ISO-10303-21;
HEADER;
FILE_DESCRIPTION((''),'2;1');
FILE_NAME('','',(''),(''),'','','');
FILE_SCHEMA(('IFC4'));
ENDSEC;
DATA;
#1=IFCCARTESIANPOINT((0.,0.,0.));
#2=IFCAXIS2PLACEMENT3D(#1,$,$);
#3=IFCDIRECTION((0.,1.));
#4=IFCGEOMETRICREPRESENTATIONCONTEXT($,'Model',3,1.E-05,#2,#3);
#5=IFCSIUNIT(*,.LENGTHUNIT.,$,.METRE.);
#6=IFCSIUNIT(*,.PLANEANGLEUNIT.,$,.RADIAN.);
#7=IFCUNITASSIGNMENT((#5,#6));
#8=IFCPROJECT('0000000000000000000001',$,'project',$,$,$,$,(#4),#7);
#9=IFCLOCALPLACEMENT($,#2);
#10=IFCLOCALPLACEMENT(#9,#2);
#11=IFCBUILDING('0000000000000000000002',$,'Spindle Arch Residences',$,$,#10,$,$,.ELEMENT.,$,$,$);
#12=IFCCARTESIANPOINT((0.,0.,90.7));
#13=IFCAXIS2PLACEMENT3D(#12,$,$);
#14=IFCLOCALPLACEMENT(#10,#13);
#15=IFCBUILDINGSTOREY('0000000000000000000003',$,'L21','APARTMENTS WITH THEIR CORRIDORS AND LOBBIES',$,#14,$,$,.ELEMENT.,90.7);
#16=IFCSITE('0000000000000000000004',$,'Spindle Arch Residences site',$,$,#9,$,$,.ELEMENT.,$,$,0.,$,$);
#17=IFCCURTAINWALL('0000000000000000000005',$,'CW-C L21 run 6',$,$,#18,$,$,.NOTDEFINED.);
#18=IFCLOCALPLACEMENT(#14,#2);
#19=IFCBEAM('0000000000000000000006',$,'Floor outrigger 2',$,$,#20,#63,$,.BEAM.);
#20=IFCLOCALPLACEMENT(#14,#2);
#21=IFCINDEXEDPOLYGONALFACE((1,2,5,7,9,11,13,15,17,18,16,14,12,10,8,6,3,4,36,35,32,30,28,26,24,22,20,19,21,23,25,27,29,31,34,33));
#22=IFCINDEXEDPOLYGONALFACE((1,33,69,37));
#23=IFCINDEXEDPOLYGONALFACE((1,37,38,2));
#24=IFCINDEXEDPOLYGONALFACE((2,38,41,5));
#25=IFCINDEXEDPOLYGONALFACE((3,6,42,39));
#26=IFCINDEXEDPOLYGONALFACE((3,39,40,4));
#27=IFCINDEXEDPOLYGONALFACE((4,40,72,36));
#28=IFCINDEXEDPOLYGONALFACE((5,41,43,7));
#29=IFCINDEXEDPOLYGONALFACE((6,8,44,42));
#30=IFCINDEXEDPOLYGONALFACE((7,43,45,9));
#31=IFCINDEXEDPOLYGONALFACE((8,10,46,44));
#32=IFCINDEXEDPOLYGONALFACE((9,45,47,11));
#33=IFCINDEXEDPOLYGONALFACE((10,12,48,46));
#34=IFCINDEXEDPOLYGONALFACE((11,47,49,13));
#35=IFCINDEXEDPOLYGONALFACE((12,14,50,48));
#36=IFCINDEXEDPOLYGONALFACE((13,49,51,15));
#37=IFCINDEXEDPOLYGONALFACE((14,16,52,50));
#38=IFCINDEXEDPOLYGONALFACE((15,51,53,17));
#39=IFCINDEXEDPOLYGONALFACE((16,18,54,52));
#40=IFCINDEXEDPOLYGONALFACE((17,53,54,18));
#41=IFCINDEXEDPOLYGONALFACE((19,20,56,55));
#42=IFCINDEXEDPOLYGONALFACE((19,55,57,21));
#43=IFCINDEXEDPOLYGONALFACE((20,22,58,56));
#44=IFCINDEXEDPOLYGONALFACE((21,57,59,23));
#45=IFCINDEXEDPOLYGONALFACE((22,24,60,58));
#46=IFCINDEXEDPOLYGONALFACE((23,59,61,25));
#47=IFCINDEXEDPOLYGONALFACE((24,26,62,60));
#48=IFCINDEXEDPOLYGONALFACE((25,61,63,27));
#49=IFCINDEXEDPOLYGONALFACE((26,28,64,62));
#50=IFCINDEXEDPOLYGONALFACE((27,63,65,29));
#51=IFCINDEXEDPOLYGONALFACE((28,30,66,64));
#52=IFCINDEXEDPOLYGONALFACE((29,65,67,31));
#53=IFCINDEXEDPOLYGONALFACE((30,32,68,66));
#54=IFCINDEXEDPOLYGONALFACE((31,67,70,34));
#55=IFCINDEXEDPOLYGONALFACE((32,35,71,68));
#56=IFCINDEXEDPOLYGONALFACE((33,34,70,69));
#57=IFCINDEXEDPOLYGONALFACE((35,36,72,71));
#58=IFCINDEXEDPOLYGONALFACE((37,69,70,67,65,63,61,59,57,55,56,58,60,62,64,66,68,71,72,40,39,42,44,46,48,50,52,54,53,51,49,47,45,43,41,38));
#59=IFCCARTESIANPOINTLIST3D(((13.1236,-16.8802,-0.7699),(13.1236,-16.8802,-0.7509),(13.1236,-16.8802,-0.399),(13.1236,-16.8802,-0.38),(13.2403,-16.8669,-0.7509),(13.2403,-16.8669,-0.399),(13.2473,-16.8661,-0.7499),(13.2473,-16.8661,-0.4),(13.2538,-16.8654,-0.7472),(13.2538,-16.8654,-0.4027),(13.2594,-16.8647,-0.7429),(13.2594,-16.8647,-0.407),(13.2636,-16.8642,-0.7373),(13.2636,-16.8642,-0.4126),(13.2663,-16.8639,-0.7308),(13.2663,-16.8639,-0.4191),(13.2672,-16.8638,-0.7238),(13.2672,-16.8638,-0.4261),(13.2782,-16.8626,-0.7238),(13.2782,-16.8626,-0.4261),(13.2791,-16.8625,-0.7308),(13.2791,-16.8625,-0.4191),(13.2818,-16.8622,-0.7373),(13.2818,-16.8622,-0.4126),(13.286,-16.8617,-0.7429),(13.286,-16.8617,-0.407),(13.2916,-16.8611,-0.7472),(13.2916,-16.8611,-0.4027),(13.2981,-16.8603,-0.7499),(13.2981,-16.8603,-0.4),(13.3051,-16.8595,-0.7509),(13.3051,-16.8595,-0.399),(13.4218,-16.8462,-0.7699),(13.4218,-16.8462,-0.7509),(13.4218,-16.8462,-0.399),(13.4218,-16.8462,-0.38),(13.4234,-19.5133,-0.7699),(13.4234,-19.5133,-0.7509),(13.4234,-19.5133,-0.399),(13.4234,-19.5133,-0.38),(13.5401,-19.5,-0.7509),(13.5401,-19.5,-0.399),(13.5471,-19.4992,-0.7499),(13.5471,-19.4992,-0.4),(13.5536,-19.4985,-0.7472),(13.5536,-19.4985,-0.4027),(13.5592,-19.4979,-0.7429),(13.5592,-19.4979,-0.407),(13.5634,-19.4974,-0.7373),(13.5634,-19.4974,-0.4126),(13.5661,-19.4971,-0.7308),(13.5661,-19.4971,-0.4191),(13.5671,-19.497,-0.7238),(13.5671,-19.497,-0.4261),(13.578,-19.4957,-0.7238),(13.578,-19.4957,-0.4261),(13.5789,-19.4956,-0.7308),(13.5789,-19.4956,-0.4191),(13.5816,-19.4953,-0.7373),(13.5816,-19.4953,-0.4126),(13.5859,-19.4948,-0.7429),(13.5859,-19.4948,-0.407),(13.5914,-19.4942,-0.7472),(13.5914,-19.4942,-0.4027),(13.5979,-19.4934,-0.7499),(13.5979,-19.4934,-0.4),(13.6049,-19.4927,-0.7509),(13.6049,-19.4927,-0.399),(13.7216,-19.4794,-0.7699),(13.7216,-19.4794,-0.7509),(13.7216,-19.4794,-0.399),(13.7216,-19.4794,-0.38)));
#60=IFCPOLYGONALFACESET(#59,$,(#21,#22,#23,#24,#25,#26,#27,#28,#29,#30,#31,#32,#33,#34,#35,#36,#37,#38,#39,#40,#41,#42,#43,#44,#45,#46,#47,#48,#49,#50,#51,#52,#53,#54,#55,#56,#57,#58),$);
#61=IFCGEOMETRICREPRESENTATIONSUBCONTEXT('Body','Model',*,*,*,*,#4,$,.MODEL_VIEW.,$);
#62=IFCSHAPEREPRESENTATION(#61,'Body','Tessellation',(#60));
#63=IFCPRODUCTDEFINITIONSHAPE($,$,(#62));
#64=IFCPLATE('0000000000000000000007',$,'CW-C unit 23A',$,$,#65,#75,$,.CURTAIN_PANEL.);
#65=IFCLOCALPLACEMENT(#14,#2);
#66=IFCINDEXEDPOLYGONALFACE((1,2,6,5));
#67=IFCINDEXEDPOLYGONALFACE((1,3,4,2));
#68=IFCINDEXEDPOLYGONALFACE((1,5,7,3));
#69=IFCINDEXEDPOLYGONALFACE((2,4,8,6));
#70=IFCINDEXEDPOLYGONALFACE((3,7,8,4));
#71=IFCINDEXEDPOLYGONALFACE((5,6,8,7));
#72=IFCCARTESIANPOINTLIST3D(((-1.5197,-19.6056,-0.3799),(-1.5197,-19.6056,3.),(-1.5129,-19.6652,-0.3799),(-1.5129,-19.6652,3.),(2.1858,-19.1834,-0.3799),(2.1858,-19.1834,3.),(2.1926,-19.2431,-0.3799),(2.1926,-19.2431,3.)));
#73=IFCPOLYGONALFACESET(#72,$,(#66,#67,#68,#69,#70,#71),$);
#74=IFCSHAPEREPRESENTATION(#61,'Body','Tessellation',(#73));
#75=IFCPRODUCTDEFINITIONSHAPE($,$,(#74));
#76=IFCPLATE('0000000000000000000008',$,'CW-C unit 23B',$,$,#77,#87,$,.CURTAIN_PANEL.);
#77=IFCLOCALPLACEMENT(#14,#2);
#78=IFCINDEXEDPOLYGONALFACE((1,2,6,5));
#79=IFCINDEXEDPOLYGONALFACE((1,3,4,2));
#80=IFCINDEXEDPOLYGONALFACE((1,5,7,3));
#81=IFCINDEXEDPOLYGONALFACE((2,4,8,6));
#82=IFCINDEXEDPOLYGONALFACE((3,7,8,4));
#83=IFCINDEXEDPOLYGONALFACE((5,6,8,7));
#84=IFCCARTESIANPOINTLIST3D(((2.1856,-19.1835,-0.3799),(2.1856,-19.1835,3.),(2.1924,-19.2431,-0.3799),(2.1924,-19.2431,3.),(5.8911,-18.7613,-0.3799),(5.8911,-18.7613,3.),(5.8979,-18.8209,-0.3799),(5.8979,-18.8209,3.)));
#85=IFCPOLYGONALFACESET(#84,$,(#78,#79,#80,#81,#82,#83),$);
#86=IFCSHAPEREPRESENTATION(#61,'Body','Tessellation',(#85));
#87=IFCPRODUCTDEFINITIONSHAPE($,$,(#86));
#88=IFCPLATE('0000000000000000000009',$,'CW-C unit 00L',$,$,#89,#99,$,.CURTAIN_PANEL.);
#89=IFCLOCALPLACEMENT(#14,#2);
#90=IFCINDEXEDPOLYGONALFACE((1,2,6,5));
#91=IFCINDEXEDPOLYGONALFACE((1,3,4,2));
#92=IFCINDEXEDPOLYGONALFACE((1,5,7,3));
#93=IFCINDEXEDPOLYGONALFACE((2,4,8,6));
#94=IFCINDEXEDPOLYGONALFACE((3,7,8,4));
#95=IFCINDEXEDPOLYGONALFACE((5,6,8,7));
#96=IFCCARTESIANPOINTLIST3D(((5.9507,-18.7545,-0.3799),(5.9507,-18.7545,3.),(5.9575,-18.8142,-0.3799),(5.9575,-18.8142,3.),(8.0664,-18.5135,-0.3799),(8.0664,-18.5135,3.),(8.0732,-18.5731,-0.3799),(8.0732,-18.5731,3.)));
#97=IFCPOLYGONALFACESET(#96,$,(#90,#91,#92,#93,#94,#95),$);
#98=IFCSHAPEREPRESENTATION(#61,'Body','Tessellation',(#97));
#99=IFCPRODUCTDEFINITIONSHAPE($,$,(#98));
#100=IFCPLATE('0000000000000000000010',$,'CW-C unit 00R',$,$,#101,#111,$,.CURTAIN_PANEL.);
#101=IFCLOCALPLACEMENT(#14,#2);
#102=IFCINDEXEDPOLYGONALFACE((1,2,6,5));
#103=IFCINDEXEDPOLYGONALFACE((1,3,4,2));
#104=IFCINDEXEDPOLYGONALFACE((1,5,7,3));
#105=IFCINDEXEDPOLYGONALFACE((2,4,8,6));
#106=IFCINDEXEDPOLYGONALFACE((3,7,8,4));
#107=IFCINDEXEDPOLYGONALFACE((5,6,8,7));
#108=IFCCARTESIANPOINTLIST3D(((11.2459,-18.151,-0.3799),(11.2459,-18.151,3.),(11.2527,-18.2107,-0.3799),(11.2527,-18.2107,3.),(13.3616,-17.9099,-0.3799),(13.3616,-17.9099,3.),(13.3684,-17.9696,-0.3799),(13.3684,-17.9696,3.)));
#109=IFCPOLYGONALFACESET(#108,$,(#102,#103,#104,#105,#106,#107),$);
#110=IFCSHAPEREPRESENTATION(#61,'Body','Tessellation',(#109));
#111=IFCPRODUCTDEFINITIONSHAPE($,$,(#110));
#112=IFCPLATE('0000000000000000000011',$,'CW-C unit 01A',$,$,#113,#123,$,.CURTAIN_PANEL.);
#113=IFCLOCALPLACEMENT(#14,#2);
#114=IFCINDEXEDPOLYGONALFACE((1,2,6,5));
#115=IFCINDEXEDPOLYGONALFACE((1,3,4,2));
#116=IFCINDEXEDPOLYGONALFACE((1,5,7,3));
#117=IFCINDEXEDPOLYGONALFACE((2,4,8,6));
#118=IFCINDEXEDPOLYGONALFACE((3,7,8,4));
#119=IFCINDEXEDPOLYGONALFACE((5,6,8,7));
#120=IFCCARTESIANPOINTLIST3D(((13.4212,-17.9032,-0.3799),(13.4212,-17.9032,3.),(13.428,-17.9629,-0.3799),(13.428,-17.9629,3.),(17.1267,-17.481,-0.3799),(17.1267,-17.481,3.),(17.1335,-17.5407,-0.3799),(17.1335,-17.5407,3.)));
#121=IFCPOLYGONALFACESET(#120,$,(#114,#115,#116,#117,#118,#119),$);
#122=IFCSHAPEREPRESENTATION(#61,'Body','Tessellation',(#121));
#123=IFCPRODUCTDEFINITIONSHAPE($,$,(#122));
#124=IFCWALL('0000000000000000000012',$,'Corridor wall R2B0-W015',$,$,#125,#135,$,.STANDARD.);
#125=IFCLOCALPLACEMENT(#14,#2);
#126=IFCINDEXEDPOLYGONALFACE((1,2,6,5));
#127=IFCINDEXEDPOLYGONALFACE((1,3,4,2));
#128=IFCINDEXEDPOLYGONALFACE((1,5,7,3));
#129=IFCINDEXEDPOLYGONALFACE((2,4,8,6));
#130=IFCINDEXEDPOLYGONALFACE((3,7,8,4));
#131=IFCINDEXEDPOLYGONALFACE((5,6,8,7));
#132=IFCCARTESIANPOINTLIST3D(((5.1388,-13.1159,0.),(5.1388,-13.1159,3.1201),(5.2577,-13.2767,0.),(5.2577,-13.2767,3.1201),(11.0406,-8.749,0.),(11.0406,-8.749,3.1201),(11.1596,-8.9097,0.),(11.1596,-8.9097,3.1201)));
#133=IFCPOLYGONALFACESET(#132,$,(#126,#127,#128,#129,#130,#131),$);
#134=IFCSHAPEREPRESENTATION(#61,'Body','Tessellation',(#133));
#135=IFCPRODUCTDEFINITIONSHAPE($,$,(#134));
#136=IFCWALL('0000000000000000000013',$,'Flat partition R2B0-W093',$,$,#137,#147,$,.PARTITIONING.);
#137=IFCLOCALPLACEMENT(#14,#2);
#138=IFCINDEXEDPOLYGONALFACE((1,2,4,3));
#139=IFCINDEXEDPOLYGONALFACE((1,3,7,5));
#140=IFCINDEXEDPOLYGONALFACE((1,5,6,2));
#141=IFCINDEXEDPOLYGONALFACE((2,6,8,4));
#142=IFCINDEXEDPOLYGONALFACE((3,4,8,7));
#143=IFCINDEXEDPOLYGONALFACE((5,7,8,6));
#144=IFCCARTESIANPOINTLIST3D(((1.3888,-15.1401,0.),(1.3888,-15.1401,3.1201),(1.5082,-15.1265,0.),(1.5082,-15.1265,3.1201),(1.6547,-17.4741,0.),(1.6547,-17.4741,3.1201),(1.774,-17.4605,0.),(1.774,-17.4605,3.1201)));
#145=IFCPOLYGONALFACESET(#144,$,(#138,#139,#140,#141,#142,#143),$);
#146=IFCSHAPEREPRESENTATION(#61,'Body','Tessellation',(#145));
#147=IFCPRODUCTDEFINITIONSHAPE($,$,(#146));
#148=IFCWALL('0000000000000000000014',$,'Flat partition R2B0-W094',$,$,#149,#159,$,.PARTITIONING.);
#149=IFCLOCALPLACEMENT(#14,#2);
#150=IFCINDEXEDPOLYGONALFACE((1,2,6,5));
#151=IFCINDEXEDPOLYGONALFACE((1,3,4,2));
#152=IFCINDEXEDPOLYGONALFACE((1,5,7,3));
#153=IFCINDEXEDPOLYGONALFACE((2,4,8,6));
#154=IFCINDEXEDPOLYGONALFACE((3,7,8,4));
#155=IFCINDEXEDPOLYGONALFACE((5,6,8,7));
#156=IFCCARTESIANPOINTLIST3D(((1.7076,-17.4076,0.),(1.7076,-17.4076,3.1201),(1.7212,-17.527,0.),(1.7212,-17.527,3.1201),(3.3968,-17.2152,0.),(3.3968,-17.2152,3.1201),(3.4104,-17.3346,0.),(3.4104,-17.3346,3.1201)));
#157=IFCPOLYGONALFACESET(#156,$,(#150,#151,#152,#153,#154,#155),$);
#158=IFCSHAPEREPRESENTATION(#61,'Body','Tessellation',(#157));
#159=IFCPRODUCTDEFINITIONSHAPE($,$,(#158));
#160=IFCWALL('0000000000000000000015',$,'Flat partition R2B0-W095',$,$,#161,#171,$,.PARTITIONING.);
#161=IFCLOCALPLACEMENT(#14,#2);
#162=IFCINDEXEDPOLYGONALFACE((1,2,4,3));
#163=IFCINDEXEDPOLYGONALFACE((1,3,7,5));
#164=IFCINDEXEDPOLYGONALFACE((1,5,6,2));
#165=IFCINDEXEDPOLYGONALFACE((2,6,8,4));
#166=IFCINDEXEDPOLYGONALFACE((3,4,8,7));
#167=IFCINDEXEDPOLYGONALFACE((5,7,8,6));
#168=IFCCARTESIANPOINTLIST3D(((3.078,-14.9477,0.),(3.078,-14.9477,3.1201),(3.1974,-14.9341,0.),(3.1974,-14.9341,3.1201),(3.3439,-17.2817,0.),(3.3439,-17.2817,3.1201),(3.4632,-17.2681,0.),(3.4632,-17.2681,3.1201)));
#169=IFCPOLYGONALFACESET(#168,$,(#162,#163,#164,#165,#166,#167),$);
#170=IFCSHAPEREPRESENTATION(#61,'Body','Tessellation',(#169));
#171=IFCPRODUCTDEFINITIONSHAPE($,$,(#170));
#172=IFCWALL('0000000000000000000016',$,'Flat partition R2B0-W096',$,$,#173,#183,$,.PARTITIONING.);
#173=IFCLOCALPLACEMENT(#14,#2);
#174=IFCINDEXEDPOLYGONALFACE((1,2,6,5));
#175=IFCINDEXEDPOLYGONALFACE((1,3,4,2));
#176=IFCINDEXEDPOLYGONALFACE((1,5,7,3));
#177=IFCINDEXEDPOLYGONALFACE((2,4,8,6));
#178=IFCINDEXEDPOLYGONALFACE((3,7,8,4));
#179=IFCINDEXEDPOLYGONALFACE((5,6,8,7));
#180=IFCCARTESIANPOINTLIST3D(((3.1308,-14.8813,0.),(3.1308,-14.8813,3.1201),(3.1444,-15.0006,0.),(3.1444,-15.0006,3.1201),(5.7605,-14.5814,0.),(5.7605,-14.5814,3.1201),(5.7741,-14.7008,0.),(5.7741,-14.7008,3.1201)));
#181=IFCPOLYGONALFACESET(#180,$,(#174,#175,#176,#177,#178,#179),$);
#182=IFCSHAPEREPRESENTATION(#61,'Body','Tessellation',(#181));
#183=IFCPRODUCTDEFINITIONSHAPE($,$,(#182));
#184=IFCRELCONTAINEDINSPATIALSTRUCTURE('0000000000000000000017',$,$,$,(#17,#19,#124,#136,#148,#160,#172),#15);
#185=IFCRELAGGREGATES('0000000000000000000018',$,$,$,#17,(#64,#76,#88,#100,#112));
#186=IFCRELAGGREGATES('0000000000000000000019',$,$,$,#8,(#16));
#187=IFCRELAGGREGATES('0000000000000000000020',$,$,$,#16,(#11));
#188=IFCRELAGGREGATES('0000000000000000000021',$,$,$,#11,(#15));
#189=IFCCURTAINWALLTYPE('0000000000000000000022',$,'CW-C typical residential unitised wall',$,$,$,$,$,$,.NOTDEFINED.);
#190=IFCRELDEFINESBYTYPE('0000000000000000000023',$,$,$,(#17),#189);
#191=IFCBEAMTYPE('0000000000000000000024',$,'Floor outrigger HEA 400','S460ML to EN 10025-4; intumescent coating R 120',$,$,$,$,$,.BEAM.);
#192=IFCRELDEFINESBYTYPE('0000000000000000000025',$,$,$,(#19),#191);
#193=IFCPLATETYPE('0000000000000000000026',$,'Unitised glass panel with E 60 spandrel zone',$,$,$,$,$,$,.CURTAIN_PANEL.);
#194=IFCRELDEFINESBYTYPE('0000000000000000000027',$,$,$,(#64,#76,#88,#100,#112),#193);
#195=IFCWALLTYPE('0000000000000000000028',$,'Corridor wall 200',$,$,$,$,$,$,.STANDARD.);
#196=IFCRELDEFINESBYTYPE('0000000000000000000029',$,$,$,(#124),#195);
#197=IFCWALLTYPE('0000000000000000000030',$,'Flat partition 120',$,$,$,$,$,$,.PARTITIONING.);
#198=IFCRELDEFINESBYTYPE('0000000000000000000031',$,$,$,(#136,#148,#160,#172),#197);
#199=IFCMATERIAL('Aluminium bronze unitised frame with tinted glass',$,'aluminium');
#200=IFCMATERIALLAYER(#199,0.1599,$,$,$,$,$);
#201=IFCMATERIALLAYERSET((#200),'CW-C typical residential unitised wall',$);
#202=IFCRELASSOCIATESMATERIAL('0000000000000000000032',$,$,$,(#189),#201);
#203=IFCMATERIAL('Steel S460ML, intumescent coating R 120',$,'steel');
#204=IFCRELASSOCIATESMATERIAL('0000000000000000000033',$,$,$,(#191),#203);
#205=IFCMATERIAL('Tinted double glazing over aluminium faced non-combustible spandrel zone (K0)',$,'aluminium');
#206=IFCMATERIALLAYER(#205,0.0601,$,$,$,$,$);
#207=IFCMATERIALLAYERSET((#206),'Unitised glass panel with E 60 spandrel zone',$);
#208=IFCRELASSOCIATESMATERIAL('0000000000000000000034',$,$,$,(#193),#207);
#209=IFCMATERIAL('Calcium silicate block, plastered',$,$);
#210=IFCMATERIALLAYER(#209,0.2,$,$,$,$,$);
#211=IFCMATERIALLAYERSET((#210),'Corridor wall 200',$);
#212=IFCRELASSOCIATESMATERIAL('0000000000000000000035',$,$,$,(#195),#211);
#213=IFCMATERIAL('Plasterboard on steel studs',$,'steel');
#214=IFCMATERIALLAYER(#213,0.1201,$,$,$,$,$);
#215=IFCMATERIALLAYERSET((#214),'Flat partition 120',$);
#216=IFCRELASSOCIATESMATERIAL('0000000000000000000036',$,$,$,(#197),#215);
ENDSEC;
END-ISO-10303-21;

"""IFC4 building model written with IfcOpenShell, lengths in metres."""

from ifc_helpers import new_model, si_unit, direction, frame, frame_2d, origin, origin_2d, place, context, subcontext, project, spatial, rectangle, i_section, extrude, material, layer, layer_set, material_profile, profile_set, type_object, element, aggregate, save


model = new_model("IFC4")

# Units and contexts
model_context = context("Model", 3, precision=1e-05, world=origin(), true_north=direction((0.0, 1.0)))
body_context = subcontext(model_context, "Body", "Model", "MODEL_VIEW")
ifc_project = project(units=[si_unit("LENGTHUNIT", "METRE"), si_unit("PLANEANGLEUNIT", "RADIAN")], contexts=[model_context])

# Site, building, storey
site_placement = place(None, origin())
site = spatial("IfcSite", under=ifc_project, at=site_placement, Name="Spindle Arch Residences site", CompositionType="ELEMENT", RefElevation=0.0)
building_placement = place(site_placement, origin())
building = spatial("IfcBuilding", under=site, at=building_placement, Name="Spindle Arch Residences", CompositionType="ELEMENT")
storey_placement = place(building_placement, frame((0.0, 0.0, 90.7)))
storey = spatial("IfcBuildingStorey", under=building, at=storey_placement, Name="L21", Description="APARTMENTS WITH THEIR CORRIDORS AND LOBBIES", CompositionType="ELEMENT", Elevation=90.7)

# Curtain wall
ifc_material_1 = material(Name="Aluminium bronze unitised frame with tinted glass", Category="aluminium")
ifc_layer_1 = layer(ifc_material_1, 0.1599)
ifc_layer_set_1 = layer_set([ifc_layer_1], Name="CW-C typical residential unitised wall")
curtain_wall_type = type_object("IfcCurtainWallType", Name="CW-C typical residential unitised wall", PredefinedType="NOTDEFINED", material=ifc_layer_set_1)
curtain_wall_placement = place(storey_placement, origin())
curtain_wall = element("IfcCurtainWall", 1, at=curtain_wall_placement, inside=storey, type_object=curtain_wall_type, Name="CW-C L21 run 6", PredefinedType="NOTDEFINED")

# Beam
ifc_material_2 = material(Name="Steel S460ML, intumescent coating R 120", Category="steel")
ifc_material_profile_1 = material_profile(ifc_material_2, i_section(OverallWidth=0.3, OverallDepth=0.3899, WebThickness=0.011, FlangeThickness=0.019, FilletRadius=0.0271, at=origin_2d()), Name="HEA 400")
ifc_profile_set_1 = profile_set([ifc_material_profile_1], Name="Steel S460ML, intumescent coating R 120")
beam_type_1 = type_object("IfcBeamType", Name="Floor outrigger HEA 400", Description="S460ML to EN 10025-4; intumescent coating R 120", PredefinedType="BEAM", material=ifc_profile_set_1)
for number, where, z_axis, x_axis, name in (
    (2, (13.5725, -19.4963, -0.575), (-0.113131, 0.99358, 0.0), (-0.99358, -0.113131, 0.0), "Floor outrigger 2"),
):
    element("IfcBeam", number, at=place(storey_placement, frame(where, z_axis=z_axis, x_axis=x_axis)), inside=storey, type_object=beam_type_1, Name=name, PredefinedType="BEAM", context=body_context, shape_type="SweptSolid", body=[
        extrude(i_section(OverallWidth=0.3, OverallDepth=0.3899, WebThickness=0.011, FlangeThickness=0.019, FilletRadius=0.0271, at=origin_2d()), origin(), (0.0, 0.0, 1.0), 2.6501),
    ])

# Plates
ifc_material_3 = material(Name="Tinted double glazing over aluminium faced non-combustible spandrel zone (K0)", Category="aluminium")
ifc_layer_2 = layer(ifc_material_3, 0.0601)
ifc_layer_set_2 = layer_set([ifc_layer_2], Name="Unitised glass panel with E 60 spandrel zone")
plate_type = type_object("IfcPlateType", Name="Unitised glass panel with E 60 spandrel zone", PredefinedType="CURTAIN_PANEL", material=ifc_layer_set_2)
plate_1_placement = place(storey_placement, frame((0.3364, -19.4243, -0.3799), z_axis=(0.0, 0.0, 1.0), x_axis=(0.993572, 0.113203, 0.0)))
plate_1 = element("IfcPlate", 3, at=plate_1_placement, type_object=plate_type, Name="CW-C unit 23A", PredefinedType="CURTAIN_PANEL", context=body_context, shape_type="SweptSolid", body=[
    extrude(rectangle(XDim=3.7295, YDim=0.0601, at=origin_2d()), origin(), (0.0, 0.0, 1.0), 3.3799),
])
plate_2_placement = place(storey_placement, frame((4.0417, -19.0022, -0.3799), z_axis=(0.0, 0.0, 1.0), x_axis=(0.993572, 0.113203, 0.0)))
plate_2 = element("IfcPlate", 4, at=plate_2_placement, type_object=plate_type, Name="CW-C unit 23B", PredefinedType="CURTAIN_PANEL", context=body_context, shape_type="SweptSolid", body=[
    extrude(rectangle(XDim=3.7295, YDim=0.0601, at=origin_2d()), origin(), (0.0, 0.0, 1.0), 3.3799),
])
plate_3_placement = place(storey_placement, frame((7.012, -18.6638, -0.3799), z_axis=(0.0, 0.0, 1.0), x_axis=(0.993572, 0.113203, 0.0)))
plate_3 = element("IfcPlate", 5, at=plate_3_placement, type_object=plate_type, Name="CW-C unit 00L", PredefinedType="CURTAIN_PANEL", context=body_context, shape_type="SweptSolid", body=[
    extrude(rectangle(XDim=2.1294, YDim=0.0601, at=origin_2d()), origin(), (0.0, 0.0, 1.0), 3.3799),
])
plate_4_placement = place(storey_placement, frame((12.3071, -18.0603, -0.3799), z_axis=(0.0, 0.0, 1.0), x_axis=(0.993572, 0.113203, 0.0)))
plate_4 = element("IfcPlate", 6, at=plate_4_placement, type_object=plate_type, Name="CW-C unit 00R", PredefinedType="CURTAIN_PANEL", context=body_context, shape_type="SweptSolid", body=[
    extrude(rectangle(XDim=2.1294, YDim=0.0601, at=origin_2d()), origin(), (0.0, 0.0, 1.0), 3.3799),
])
plate_5_placement = place(storey_placement, frame((15.2773, -17.7219, -0.3799), z_axis=(0.0, 0.0, 1.0), x_axis=(0.993572, 0.113203, 0.0)))
plate_5 = element("IfcPlate", 7, at=plate_5_placement, type_object=plate_type, Name="CW-C unit 01A", PredefinedType="CURTAIN_PANEL", context=body_context, shape_type="SweptSolid", body=[
    extrude(rectangle(XDim=3.7295, YDim=0.0601, at=origin_2d()), origin(), (0.0, 0.0, 1.0), 3.3799),
])
aggregate(curtain_wall, [plate_1, plate_2, plate_3, plate_4, plate_5])

# Walls
ifc_material_4 = material(Name="Calcium silicate block, plastered")
ifc_layer_3 = layer(ifc_material_4, 0.2)
ifc_layer_set_3 = layer_set([ifc_layer_3], Name="Corridor wall 200")
wall_type_1 = type_object("IfcWallType", Name="Corridor wall 200", PredefinedType="STANDARD", material=ifc_layer_set_3)
wall_1_placement = place(storey_placement, frame((5.1982, -13.1963, 0.0), z_axis=(0.0, 0.0, 1.0), x_axis=(0.80387, 0.594805, 0.0)))
element("IfcWall", 8, at=wall_1_placement, inside=storey, type_object=wall_type_1, Name="Corridor wall R2B0-W015", PredefinedType="STANDARD", context=body_context, shape_type="SweptSolid", body=[
    extrude(rectangle(XDim=7.3418, YDim=0.2, at=frame_2d((3.6709, 0.0))), origin(), (0.0, 0.0, 1.0), 3.1201),
])
ifc_material_5 = material(Name="Plasterboard on steel studs", Category="steel")
ifc_layer_4 = layer(ifc_material_5, 0.1201)
ifc_layer_set_4 = layer_set([ifc_layer_4], Name="Flat partition 120")
wall_type_2 = type_object("IfcWallType", Name="Flat partition 120", PredefinedType="PARTITIONING", material=ifc_layer_set_4)
wall_2_placement = place(storey_placement, frame((1.4485, -15.1333, 0.0), z_axis=(0.0, 0.0, 1.0), x_axis=(0.11318, -0.993574, 0.0)))
element("IfcWall", 9, at=wall_2_placement, inside=storey, type_object=wall_type_2, Name="Flat partition R2B0-W093", PredefinedType="PARTITIONING", context=body_context, shape_type="SweptSolid", body=[
    extrude(rectangle(XDim=2.3491, YDim=0.1201, at=frame_2d((1.1746, 0.0))), origin(), (0.0, 0.0, 1.0), 3.1201),
])
wall_3_placement = place(storey_placement, frame((1.7144, -17.4673, 0.0), z_axis=(0.0, 0.0, 1.0), x_axis=(0.993577, 0.113158, 0.0)))
element("IfcWall", 10, at=wall_3_placement, inside=storey, type_object=wall_type_2, Name="Flat partition R2B0-W094", PredefinedType="PARTITIONING", context=body_context, shape_type="SweptSolid", body=[
    extrude(rectangle(XDim=1.7002, YDim=0.1201, at=frame_2d((0.8501, 0.0))), origin(), (0.0, 0.0, 1.0), 3.1201),
])
wall_4_placement = place(storey_placement, frame((3.4036, -17.2749, 0.0), z_axis=(0.0, 0.0, 1.0), x_axis=(-0.11318, 0.993574, 0.0)))
element("IfcWall", 11, at=wall_4_placement, inside=storey, type_object=wall_type_2, Name="Flat partition R2B0-W095", PredefinedType="PARTITIONING", context=body_context, shape_type="SweptSolid", body=[
    extrude(rectangle(XDim=2.3491, YDim=0.1201, at=frame_2d((1.1746, 0.0))), origin(), (0.0, 0.0, 1.0), 3.1201),
])
wall_5_placement = place(storey_placement, frame((3.1377, -14.9409, 0.0), z_axis=(0.0, 0.0, 1.0), x_axis=(0.993564, 0.113276, 0.0)))
element("IfcWall", 12, at=wall_5_placement, inside=storey, type_object=wall_type_2, Name="Flat partition R2B0-W096", PredefinedType="PARTITIONING", context=body_context, shape_type="SweptSolid", body=[
    extrude(rectangle(XDim=2.6467, YDim=0.1201, at=frame_2d((1.3232, 0.0))), origin(), (0.0, 0.0, 1.0), 3.1201),
])

save(model, "model.ifc")
